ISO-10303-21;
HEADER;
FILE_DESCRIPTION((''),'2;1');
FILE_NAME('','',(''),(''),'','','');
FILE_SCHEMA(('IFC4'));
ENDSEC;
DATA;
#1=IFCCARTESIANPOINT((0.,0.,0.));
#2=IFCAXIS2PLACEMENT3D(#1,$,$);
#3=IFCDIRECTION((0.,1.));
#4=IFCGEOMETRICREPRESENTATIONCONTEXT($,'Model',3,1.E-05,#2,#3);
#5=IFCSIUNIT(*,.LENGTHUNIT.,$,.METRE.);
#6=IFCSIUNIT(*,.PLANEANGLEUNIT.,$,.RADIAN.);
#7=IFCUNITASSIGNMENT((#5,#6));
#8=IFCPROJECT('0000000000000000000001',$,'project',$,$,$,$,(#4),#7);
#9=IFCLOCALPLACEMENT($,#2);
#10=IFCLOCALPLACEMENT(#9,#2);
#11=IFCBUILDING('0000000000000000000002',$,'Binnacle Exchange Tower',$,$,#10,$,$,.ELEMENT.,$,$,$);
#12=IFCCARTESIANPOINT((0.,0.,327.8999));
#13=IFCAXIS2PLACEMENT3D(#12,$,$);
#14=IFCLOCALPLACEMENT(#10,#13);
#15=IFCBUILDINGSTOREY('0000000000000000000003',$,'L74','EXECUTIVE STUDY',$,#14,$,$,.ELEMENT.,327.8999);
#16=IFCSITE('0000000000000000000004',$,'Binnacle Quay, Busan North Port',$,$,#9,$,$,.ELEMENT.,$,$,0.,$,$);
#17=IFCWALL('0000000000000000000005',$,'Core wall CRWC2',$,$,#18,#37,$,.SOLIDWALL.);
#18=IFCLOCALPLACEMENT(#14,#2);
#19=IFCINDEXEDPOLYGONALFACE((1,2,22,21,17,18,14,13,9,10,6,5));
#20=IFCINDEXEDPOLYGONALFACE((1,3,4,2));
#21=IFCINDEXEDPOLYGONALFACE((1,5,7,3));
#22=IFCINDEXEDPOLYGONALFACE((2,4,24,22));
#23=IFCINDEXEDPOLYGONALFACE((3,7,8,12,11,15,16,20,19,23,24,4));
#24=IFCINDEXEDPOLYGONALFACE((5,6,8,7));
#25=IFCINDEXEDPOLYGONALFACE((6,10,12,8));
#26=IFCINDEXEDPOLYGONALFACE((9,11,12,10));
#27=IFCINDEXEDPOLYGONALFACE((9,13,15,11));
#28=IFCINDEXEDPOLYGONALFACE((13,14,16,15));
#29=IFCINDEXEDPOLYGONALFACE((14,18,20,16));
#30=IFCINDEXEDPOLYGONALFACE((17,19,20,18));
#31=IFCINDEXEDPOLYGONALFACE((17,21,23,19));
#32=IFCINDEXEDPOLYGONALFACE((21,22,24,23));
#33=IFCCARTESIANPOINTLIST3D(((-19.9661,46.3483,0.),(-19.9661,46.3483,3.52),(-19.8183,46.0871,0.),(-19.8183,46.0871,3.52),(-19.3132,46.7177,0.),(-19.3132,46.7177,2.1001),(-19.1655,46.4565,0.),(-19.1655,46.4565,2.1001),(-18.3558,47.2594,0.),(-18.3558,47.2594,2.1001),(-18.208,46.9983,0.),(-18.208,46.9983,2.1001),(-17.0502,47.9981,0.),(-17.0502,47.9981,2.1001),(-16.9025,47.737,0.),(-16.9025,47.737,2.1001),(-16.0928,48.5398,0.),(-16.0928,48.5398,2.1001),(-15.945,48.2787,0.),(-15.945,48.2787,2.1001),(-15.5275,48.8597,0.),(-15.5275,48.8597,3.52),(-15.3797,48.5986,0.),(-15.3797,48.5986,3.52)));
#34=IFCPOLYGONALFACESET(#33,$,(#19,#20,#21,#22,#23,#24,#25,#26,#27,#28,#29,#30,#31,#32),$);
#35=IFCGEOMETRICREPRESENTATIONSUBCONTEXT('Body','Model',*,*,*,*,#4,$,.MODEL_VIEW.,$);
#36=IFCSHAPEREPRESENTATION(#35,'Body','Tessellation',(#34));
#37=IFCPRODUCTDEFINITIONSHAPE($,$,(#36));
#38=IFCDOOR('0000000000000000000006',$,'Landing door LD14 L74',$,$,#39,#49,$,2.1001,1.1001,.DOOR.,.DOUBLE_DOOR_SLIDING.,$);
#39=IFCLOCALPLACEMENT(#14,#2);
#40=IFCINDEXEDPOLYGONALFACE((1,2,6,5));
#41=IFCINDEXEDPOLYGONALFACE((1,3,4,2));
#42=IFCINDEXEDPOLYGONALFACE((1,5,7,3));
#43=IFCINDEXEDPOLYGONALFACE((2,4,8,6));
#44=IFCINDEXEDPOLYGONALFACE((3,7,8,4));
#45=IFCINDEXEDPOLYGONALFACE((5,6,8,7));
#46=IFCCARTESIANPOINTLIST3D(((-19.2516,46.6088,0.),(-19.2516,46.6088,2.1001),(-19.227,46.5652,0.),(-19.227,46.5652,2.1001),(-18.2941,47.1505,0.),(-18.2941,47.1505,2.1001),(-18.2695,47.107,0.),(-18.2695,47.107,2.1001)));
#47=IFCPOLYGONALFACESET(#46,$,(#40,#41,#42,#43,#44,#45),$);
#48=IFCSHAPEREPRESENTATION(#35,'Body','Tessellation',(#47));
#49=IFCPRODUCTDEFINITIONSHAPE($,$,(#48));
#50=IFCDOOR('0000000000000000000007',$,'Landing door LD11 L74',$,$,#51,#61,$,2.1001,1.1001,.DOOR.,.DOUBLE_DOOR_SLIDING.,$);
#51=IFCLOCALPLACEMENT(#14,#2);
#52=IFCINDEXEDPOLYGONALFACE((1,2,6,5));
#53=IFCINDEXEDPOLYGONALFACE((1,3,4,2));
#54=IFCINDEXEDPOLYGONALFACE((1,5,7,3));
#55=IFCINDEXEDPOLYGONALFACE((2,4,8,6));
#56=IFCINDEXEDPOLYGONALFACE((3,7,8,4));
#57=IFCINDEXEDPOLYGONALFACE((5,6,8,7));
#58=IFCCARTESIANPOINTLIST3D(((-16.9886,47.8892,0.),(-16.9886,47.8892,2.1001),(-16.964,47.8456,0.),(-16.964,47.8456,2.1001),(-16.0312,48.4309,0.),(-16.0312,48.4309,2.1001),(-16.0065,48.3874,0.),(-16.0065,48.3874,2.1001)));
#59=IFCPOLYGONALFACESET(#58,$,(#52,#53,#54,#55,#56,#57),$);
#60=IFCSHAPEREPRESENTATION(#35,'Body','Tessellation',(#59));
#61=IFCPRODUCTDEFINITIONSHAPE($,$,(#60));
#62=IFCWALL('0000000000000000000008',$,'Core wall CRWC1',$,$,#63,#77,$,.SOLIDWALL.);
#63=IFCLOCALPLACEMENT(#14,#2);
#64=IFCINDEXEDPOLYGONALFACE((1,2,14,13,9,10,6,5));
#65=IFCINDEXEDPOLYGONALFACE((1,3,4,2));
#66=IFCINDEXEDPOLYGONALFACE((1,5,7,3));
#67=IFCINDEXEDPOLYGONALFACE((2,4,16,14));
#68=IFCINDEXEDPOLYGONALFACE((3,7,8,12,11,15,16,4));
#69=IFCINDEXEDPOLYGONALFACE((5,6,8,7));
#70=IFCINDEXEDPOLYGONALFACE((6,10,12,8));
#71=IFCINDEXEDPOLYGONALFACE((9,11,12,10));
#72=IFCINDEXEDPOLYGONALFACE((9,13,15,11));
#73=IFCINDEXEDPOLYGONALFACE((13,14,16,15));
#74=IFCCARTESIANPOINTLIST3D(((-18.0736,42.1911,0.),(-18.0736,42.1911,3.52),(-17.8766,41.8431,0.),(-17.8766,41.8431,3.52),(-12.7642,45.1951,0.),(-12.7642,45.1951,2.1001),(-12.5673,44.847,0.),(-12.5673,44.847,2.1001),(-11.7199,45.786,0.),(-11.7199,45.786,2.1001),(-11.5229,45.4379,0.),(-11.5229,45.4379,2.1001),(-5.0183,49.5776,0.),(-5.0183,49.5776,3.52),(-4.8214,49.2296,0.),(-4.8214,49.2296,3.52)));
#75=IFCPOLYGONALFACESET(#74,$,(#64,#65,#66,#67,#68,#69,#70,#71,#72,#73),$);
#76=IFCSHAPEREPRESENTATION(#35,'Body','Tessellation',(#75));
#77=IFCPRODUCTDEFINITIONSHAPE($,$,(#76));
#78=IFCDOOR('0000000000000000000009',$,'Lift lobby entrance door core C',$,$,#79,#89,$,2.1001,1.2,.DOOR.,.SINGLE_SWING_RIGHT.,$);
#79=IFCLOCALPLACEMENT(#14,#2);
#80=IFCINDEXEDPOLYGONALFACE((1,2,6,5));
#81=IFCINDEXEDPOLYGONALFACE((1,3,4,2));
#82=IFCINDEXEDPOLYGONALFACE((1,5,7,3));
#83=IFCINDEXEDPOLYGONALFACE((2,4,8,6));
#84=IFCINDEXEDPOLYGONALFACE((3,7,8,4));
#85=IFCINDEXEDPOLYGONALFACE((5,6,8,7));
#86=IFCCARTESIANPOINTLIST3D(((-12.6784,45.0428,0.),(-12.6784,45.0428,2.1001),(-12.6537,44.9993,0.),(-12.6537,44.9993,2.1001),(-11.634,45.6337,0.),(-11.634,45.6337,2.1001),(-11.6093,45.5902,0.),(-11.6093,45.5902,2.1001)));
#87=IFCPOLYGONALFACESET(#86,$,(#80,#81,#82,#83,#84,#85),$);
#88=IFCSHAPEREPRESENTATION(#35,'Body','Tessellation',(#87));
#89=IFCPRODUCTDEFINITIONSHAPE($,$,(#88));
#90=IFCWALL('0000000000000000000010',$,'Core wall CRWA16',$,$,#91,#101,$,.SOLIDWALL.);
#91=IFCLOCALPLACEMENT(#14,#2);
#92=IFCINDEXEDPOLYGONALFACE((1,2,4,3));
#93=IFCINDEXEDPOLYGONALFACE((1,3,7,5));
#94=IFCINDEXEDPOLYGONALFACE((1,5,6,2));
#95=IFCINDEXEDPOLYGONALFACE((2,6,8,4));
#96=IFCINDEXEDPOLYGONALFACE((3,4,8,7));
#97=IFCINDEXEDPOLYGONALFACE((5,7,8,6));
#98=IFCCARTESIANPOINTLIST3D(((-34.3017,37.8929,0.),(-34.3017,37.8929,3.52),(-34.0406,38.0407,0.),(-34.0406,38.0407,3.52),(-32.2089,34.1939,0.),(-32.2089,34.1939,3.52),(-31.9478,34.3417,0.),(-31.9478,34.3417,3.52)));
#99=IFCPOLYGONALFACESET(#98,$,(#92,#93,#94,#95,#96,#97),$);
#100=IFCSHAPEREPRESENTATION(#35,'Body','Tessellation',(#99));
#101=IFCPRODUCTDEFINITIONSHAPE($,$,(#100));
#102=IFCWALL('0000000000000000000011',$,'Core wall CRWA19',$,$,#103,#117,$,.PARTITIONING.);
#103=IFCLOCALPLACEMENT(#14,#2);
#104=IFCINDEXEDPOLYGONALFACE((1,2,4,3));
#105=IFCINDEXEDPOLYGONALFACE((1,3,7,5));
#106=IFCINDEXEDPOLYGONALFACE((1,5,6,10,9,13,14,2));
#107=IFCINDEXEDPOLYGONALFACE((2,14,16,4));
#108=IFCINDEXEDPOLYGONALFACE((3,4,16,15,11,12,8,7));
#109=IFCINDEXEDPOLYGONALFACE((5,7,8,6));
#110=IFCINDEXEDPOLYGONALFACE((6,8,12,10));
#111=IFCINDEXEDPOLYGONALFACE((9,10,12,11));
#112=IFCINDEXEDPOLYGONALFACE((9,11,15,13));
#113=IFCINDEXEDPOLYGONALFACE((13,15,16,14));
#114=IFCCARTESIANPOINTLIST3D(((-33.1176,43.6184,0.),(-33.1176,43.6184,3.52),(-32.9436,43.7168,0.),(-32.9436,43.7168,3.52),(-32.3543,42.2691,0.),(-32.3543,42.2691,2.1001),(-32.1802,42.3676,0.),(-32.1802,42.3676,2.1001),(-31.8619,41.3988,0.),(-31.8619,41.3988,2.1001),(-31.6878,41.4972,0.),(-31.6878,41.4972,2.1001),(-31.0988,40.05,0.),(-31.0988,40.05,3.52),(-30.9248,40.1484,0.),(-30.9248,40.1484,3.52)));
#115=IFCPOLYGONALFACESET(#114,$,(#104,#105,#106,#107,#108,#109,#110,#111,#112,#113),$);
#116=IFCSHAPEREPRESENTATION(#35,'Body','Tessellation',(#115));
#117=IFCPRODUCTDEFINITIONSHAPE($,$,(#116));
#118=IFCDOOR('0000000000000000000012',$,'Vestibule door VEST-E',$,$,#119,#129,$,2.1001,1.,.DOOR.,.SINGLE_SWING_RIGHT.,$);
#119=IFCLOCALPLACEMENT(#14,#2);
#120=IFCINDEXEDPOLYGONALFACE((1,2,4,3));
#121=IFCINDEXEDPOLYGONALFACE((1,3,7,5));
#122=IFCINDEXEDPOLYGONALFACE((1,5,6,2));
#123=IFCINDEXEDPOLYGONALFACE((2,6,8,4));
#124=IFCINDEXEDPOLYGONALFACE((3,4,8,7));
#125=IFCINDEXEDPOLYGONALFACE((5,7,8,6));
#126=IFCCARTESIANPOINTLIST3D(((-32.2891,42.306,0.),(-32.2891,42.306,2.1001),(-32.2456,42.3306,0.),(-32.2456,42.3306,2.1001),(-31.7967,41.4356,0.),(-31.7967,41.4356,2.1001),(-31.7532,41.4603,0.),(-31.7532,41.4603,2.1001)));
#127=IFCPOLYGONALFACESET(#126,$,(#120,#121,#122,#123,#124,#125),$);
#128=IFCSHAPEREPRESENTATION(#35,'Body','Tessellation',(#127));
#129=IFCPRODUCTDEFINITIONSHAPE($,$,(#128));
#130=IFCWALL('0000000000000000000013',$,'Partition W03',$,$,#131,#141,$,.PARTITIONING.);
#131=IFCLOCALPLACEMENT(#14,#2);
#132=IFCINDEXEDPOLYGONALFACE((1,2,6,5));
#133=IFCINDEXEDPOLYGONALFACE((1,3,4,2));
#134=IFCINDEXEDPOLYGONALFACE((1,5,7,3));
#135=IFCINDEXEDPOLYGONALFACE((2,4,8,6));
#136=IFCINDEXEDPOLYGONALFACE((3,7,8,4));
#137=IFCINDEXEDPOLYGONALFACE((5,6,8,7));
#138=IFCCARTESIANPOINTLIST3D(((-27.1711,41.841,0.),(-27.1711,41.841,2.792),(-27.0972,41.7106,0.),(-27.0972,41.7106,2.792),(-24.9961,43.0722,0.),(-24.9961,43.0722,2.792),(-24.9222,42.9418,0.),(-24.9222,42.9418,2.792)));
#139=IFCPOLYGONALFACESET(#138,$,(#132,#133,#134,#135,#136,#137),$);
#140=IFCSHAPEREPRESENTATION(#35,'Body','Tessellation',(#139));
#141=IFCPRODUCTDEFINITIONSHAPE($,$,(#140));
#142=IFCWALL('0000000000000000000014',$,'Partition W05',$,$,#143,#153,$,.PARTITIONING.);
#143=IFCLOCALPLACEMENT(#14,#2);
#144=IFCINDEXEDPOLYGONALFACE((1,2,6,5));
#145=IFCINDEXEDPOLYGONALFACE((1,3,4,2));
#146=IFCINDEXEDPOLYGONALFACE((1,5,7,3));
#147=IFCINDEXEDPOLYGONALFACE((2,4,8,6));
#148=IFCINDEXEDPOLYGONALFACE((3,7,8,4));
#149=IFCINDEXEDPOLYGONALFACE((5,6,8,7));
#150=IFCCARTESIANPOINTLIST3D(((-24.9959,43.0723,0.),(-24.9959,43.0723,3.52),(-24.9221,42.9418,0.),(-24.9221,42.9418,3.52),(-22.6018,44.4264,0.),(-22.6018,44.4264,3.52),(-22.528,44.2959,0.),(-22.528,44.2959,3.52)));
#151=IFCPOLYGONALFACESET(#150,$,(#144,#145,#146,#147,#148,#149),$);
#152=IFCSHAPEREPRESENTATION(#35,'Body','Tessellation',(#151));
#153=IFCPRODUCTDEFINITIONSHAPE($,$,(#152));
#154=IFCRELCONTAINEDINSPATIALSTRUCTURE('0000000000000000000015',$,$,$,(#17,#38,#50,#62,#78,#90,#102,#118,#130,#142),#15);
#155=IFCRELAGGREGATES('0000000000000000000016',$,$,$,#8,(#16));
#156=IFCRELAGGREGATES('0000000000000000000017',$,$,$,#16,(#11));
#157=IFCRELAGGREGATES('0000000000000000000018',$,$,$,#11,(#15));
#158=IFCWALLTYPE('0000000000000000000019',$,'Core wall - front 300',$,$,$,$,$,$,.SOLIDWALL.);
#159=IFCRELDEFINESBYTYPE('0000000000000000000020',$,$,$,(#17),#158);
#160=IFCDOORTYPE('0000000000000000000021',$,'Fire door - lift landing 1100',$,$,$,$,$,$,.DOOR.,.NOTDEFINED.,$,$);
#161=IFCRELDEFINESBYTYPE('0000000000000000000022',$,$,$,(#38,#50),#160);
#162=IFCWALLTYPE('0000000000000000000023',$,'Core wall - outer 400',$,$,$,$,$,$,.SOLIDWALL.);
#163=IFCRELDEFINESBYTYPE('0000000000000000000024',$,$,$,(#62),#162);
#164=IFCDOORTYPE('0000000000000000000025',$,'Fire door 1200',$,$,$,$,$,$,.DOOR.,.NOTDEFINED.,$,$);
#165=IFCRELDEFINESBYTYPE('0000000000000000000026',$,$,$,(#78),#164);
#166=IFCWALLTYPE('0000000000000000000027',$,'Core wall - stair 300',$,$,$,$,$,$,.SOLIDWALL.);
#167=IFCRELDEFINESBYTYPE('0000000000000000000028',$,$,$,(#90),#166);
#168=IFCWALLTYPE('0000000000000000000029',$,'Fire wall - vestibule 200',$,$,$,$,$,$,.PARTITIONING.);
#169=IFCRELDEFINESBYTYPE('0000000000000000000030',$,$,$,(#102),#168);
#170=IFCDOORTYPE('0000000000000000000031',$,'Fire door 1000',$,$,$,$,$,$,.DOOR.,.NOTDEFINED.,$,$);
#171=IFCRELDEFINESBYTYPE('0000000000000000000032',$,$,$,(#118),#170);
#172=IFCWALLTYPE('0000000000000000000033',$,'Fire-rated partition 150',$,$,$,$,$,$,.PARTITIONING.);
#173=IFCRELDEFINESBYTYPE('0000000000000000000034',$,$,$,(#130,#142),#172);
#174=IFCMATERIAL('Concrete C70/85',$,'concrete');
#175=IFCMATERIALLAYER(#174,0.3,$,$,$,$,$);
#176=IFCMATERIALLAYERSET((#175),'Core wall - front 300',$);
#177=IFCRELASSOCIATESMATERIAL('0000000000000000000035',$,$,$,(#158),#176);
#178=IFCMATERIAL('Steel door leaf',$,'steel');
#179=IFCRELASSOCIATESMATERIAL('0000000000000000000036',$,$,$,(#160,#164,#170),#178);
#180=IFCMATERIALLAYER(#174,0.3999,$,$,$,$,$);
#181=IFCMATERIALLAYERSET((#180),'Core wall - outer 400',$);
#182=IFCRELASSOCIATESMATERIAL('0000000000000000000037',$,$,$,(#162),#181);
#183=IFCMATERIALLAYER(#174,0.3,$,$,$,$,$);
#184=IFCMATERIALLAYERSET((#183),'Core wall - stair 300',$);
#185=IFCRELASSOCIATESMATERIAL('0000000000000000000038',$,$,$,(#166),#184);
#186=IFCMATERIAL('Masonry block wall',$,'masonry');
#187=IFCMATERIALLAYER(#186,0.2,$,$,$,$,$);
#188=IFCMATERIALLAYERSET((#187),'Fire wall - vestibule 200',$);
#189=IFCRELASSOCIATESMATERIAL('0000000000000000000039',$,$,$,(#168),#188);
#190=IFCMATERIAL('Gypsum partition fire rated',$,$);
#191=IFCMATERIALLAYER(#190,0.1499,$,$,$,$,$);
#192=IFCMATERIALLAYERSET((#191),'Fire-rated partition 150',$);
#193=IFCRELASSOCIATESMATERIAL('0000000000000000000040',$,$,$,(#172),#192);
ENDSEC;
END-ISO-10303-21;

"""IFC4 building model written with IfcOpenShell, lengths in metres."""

from ifc_helpers import new_model, si_unit, direction, frame, frame_2d, origin, place, context, subcontext, project, spatial, rectangle, extrude, material, layer, layer_set, type_object, element, fill, save


model = new_model("IFC4")

# Units and contexts
model_context = context("Model", 3, precision=1e-05, world=origin(), true_north=direction((0.0, 1.0)))
body_context = subcontext(model_context, "Body", "Model", "MODEL_VIEW")
ifc_project = project(units=[si_unit("LENGTHUNIT", "METRE"), si_unit("PLANEANGLEUNIT", "RADIAN")], contexts=[model_context])

# Site, building, storey
site_placement = place(None, origin())
site = spatial("IfcSite", under=ifc_project, at=site_placement, Name="Binnacle Quay, Busan North Port", CompositionType="ELEMENT", RefElevation=0.0)
building_placement = place(site_placement, origin())
building = spatial("IfcBuilding", under=site, at=building_placement, Name="Binnacle Exchange Tower", CompositionType="ELEMENT")
storey_placement = place(building_placement, frame((0.0, 0.0, 327.8999)))
storey = spatial("IfcBuildingStorey", under=building, at=storey_placement, Name="L74", Description="EXECUTIVE STUDY", CompositionType="ELEMENT", Elevation=327.8999)

# Wall, openings, doors
ifc_material_1 = material(Name="Concrete C70/85", Category="concrete")
ifc_layer_1 = layer(ifc_material_1, 0.3)
ifc_layer_set_1 = layer_set([ifc_layer_1], Name="Core wall - front 300")
wall_type_1 = type_object("IfcWallType", Name="Core wall - front 300", PredefinedType="SOLIDWALL", material=ifc_layer_set_1)
wall_1_placement = place(storey_placement, frame((-19.8921, 46.2178, 0.0), z_axis=(0.0, 0.0, 1.0), x_axis=(0.870342, 0.492448, 0.0)))
wall_1 = element("IfcWall", 1, at=wall_1_placement, inside=storey, type_object=wall_type_1, Name="Core wall CRWC2", PredefinedType="SOLIDWALL", context=body_context, shape_type="SweptSolid", body=[
    extrude(rectangle(XDim=5.0999, YDim=0.3, at=frame_2d((2.5498, 0.0))), origin(), (0.0, 0.0, 1.0), 3.52),
])
opening_1_placement = place(wall_1_placement, frame((0.75, 0.0, 0.0)))
opening_1 = element("IfcOpeningElement", 2, at=opening_1_placement, cuts=wall_1, PredefinedType="OPENING", context=body_context, shape_type="SweptSolid", body=[
    extrude(rectangle(XDim=1.1001, YDim=2.1001, at=frame_2d((0.55, 1.05))), frame((0.0, 0.1599, 0.0), z_axis=(0.0, -1.0, 0.0), x_axis=(1.0, 0.0, 0.0)), (0.0, 0.0, 1.0), 0.3201),
])
opening_2_placement = place(wall_1_placement, frame((3.3501, 0.0, 0.0)))
opening_2 = element("IfcOpeningElement", 3, at=opening_2_placement, cuts=wall_1, PredefinedType="OPENING", context=body_context, shape_type="SweptSolid", body=[
    extrude(rectangle(XDim=1.1001, YDim=2.1001, at=frame_2d((0.55, 1.05))), frame((0.0, 0.1599, 0.0), z_axis=(0.0, -1.0, 0.0), x_axis=(1.0, 0.0, 0.0)), (0.0, 0.0, 1.0), 0.3201),
])
ifc_material_2 = material(Name="Steel door leaf", Category="steel")
door_type_1 = type_object("IfcDoorType", Name="Fire door - lift landing 1100", OperationType="NOTDEFINED", PredefinedType="DOOR", material=ifc_material_2)
door_1_placement = place(opening_1_placement, origin())
door_1 = element("IfcDoor", 4, at=door_1_placement, inside=storey, type_object=door_type_1, Name="Landing door LD14 L74", OperationType="DOUBLE_DOOR_SLIDING", OverallHeight=2.1001, OverallWidth=1.1001, PredefinedType="DOOR", context=body_context, shape_type="SweptSolid", body=[
    extrude(rectangle(XDim=1.1001, YDim=2.1001, at=frame_2d((0.55, 1.05))), frame((0.0, 0.0249, 0.0), z_axis=(0.0, -1.0, 0.0), x_axis=(1.0, 0.0, 0.0)), (0.0, 0.0, 1.0), 0.05),
])
fill(opening_1, door_1)
door_2_placement = place(opening_2_placement, origin())
door_2 = element("IfcDoor", 5, at=door_2_placement, inside=storey, type_object=door_type_1, Name="Landing door LD11 L74", OperationType="DOUBLE_DOOR_SLIDING", OverallHeight=2.1001, OverallWidth=1.1001, PredefinedType="DOOR", context=body_context, shape_type="SweptSolid", body=[
    extrude(rectangle(XDim=1.1001, YDim=2.1001, at=frame_2d((0.55, 1.05))), frame((0.0, 0.0249, 0.0), z_axis=(0.0, -1.0, 0.0), x_axis=(1.0, 0.0, 0.0)), (0.0, 0.0, 1.0), 0.05),
])
fill(opening_2, door_2)

# Wall, opening, door
ifc_layer_2 = layer(ifc_material_1, 0.3999)
ifc_layer_set_2 = layer_set([ifc_layer_2], Name="Core wall - outer 400")
wall_type_2 = type_object("IfcWallType", Name="Core wall - outer 400", PredefinedType="SOLIDWALL", material=ifc_layer_set_2)
wall_2_placement = place(storey_placement, frame((-17.9751, 42.0171, 0.0), z_axis=(0.0, 0.0, 1.0), x_axis=(0.87035, 0.492434, 0.0)))
wall_2 = element("IfcWall", 6, at=wall_2_placement, inside=storey, type_object=wall_type_2, Name="Core wall CRWC1", PredefinedType="SOLIDWALL", context=body_context, shape_type="SweptSolid", body=[
    extrude(rectangle(XDim=15.0, YDim=0.3999, at=frame_2d((7.5, 0.0))), origin(), (0.0, 0.0, 1.0), 3.52),
])
opening_3_placement = place(wall_2_placement, frame((6.1001, 0.0, 0.0)))
opening_3 = element("IfcOpeningElement", 7, at=opening_3_placement, cuts=wall_2, PredefinedType="OPENING", context=body_context, shape_type="SweptSolid", body=[
    extrude(rectangle(XDim=1.2, YDim=2.1001, at=frame_2d((0.6001, 1.05))), frame((0.0, 0.21, 0.0), z_axis=(0.0, -1.0, 0.0), x_axis=(1.0, 0.0, 0.0)), (0.0, 0.0, 1.0), 0.4199),
])
door_type_2 = type_object("IfcDoorType", Name="Fire door 1200", OperationType="NOTDEFINED", PredefinedType="DOOR", material=ifc_material_2)
door_3_placement = place(opening_3_placement, frame((1.2, 0.0, 0.0), z_axis=(0.0, 0.0, 1.0), x_axis=(-1.0, 0.0, 0.0)))
door_3 = element("IfcDoor", 8, at=door_3_placement, inside=storey, type_object=door_type_2, Name="Lift lobby entrance door core C", OperationType="SINGLE_SWING_RIGHT", OverallHeight=2.1001, OverallWidth=1.2, PredefinedType="DOOR", context=body_context, shape_type="SweptSolid", body=[
    extrude(rectangle(XDim=1.2, YDim=2.1001, at=frame_2d((0.6001, 1.05))), frame((0.0, 0.0249, 0.0), z_axis=(0.0, -1.0, 0.0), x_axis=(1.0, 0.0, 0.0)), (0.0, 0.0, 1.0), 0.05),
])
fill(opening_3, door_3)

# Wall
ifc_layer_3 = layer(ifc_material_1, 0.3)
ifc_layer_set_3 = layer_set([ifc_layer_3], Name="Core wall - stair 300")
wall_type_3 = type_object("IfcWallType", Name="Core wall - stair 300", PredefinedType="SOLIDWALL", material=ifc_layer_set_3)
wall_3_placement = place(storey_placement, frame((-34.1711, 37.9668, 0.0), z_axis=(0.0, 0.0, 1.0), x_axis=(0.492423, -0.870356, 0.0)))
element("IfcWall", 9, at=wall_3_placement, inside=storey, type_object=wall_type_3, Name="Core wall CRWA16", PredefinedType="SOLIDWALL", context=body_context, shape_type="SweptSolid", body=[
    extrude(rectangle(XDim=4.25, YDim=0.3, at=frame_2d((2.125, 0.0))), origin(), (0.0, 0.0, 1.0), 3.52),
])

# Wall, opening, door
ifc_material_3 = material(Name="Masonry block wall", Category="masonry")
ifc_layer_4 = layer(ifc_material_3, 0.2)
ifc_layer_set_4 = layer_set([ifc_layer_4], Name="Fire wall - vestibule 200")
wall_type_4 = type_object("IfcWallType", Name="Fire wall - vestibule 200", PredefinedType="PARTITIONING", material=ifc_layer_set_4)
wall_4_placement = place(storey_placement, frame((-33.0305, 43.6675, 0.0), z_axis=(0.0, 0.0, 1.0), x_axis=(0.492408, -0.870364, 0.0)))
wall_4 = element("IfcWall", 10, at=wall_4_placement, inside=storey, type_object=wall_type_4, Name="Core wall CRWA19", PredefinedType="PARTITIONING", context=body_context, shape_type="SweptSolid", body=[
    extrude(rectangle(XDim=4.0999, YDim=0.2, at=frame_2d((2.0498, 0.0))), origin(), (0.0, 0.0, 1.0), 3.52),
])
opening_4_placement = place(wall_4_placement, frame((1.55, 0.0, 0.0)))
opening_4 = element("IfcOpeningElement", 11, at=opening_4_placement, cuts=wall_4, PredefinedType="OPENING", context=body_context, shape_type="SweptSolid", body=[
    extrude(rectangle(XDim=1.0, YDim=2.1001, at=frame_2d((0.5, 1.05))), frame((0.0, 0.1099, 0.0), z_axis=(0.0, -1.0, 0.0), x_axis=(1.0, 0.0, 0.0)), (0.0, 0.0, 1.0), 0.22),
])
door_type_3 = type_object("IfcDoorType", Name="Fire door 1000", OperationType="NOTDEFINED", PredefinedType="DOOR", material=ifc_material_2)
door_4_placement = place(opening_4_placement, origin())
door_4 = element("IfcDoor", 12, at=door_4_placement, inside=storey, type_object=door_type_3, Name="Vestibule door VEST-E", OperationType="SINGLE_SWING_RIGHT", OverallHeight=2.1001, OverallWidth=1.0, PredefinedType="DOOR", context=body_context, shape_type="SweptSolid", body=[
    extrude(rectangle(XDim=1.0, YDim=2.1001, at=frame_2d((0.5, 1.05))), frame((0.0, 0.0249, 0.0), z_axis=(0.0, -1.0, 0.0), x_axis=(1.0, 0.0, 0.0)), (0.0, 0.0, 1.0), 0.05),
])
fill(opening_4, door_4)

# Walls
ifc_material_4 = material(Name="Gypsum partition fire rated")
ifc_layer_5 = layer(ifc_material_4, 0.1499)
ifc_layer_set_5 = layer_set([ifc_layer_5], Name="Fire-rated partition 150")
wall_type_5 = type_object("IfcWallType", Name="Fire-rated partition 150", PredefinedType="PARTITIONING", material=ifc_layer_set_5)
wall_5_placement = place(storey_placement, frame((-27.134, 41.7759, 0.0), z_axis=(0.0, 0.0, 1.0), x_axis=(0.87025, 0.492611, 0.0)))
element("IfcWall", 13, at=wall_5_placement, inside=storey, type_object=wall_type_5, Name="Partition W03", PredefinedType="PARTITIONING", context=body_context, shape_type="SweptSolid", body=[
    extrude(rectangle(XDim=2.4993, YDim=0.1499, at=frame_2d((1.2495, 0.0))), origin(), (0.0, 0.0, 1.0), 2.792),
])
wall_6_placement = place(storey_placement, frame((-24.959, 43.0071, 0.0), z_axis=(0.0, 0.0, 1.0), x_axis=(0.870431, 0.492291, 0.0)))
element("IfcWall", 14, at=wall_6_placement, inside=storey, type_object=wall_type_5, Name="Partition W05", PredefinedType="PARTITIONING", context=body_context, shape_type="SweptSolid", body=[
    extrude(rectangle(XDim=2.7505, YDim=0.1499, at=frame_2d((1.3752, 0.0))), origin(), (0.0, 0.0, 1.0), 3.52),
])

save(model, "model.ifc")
